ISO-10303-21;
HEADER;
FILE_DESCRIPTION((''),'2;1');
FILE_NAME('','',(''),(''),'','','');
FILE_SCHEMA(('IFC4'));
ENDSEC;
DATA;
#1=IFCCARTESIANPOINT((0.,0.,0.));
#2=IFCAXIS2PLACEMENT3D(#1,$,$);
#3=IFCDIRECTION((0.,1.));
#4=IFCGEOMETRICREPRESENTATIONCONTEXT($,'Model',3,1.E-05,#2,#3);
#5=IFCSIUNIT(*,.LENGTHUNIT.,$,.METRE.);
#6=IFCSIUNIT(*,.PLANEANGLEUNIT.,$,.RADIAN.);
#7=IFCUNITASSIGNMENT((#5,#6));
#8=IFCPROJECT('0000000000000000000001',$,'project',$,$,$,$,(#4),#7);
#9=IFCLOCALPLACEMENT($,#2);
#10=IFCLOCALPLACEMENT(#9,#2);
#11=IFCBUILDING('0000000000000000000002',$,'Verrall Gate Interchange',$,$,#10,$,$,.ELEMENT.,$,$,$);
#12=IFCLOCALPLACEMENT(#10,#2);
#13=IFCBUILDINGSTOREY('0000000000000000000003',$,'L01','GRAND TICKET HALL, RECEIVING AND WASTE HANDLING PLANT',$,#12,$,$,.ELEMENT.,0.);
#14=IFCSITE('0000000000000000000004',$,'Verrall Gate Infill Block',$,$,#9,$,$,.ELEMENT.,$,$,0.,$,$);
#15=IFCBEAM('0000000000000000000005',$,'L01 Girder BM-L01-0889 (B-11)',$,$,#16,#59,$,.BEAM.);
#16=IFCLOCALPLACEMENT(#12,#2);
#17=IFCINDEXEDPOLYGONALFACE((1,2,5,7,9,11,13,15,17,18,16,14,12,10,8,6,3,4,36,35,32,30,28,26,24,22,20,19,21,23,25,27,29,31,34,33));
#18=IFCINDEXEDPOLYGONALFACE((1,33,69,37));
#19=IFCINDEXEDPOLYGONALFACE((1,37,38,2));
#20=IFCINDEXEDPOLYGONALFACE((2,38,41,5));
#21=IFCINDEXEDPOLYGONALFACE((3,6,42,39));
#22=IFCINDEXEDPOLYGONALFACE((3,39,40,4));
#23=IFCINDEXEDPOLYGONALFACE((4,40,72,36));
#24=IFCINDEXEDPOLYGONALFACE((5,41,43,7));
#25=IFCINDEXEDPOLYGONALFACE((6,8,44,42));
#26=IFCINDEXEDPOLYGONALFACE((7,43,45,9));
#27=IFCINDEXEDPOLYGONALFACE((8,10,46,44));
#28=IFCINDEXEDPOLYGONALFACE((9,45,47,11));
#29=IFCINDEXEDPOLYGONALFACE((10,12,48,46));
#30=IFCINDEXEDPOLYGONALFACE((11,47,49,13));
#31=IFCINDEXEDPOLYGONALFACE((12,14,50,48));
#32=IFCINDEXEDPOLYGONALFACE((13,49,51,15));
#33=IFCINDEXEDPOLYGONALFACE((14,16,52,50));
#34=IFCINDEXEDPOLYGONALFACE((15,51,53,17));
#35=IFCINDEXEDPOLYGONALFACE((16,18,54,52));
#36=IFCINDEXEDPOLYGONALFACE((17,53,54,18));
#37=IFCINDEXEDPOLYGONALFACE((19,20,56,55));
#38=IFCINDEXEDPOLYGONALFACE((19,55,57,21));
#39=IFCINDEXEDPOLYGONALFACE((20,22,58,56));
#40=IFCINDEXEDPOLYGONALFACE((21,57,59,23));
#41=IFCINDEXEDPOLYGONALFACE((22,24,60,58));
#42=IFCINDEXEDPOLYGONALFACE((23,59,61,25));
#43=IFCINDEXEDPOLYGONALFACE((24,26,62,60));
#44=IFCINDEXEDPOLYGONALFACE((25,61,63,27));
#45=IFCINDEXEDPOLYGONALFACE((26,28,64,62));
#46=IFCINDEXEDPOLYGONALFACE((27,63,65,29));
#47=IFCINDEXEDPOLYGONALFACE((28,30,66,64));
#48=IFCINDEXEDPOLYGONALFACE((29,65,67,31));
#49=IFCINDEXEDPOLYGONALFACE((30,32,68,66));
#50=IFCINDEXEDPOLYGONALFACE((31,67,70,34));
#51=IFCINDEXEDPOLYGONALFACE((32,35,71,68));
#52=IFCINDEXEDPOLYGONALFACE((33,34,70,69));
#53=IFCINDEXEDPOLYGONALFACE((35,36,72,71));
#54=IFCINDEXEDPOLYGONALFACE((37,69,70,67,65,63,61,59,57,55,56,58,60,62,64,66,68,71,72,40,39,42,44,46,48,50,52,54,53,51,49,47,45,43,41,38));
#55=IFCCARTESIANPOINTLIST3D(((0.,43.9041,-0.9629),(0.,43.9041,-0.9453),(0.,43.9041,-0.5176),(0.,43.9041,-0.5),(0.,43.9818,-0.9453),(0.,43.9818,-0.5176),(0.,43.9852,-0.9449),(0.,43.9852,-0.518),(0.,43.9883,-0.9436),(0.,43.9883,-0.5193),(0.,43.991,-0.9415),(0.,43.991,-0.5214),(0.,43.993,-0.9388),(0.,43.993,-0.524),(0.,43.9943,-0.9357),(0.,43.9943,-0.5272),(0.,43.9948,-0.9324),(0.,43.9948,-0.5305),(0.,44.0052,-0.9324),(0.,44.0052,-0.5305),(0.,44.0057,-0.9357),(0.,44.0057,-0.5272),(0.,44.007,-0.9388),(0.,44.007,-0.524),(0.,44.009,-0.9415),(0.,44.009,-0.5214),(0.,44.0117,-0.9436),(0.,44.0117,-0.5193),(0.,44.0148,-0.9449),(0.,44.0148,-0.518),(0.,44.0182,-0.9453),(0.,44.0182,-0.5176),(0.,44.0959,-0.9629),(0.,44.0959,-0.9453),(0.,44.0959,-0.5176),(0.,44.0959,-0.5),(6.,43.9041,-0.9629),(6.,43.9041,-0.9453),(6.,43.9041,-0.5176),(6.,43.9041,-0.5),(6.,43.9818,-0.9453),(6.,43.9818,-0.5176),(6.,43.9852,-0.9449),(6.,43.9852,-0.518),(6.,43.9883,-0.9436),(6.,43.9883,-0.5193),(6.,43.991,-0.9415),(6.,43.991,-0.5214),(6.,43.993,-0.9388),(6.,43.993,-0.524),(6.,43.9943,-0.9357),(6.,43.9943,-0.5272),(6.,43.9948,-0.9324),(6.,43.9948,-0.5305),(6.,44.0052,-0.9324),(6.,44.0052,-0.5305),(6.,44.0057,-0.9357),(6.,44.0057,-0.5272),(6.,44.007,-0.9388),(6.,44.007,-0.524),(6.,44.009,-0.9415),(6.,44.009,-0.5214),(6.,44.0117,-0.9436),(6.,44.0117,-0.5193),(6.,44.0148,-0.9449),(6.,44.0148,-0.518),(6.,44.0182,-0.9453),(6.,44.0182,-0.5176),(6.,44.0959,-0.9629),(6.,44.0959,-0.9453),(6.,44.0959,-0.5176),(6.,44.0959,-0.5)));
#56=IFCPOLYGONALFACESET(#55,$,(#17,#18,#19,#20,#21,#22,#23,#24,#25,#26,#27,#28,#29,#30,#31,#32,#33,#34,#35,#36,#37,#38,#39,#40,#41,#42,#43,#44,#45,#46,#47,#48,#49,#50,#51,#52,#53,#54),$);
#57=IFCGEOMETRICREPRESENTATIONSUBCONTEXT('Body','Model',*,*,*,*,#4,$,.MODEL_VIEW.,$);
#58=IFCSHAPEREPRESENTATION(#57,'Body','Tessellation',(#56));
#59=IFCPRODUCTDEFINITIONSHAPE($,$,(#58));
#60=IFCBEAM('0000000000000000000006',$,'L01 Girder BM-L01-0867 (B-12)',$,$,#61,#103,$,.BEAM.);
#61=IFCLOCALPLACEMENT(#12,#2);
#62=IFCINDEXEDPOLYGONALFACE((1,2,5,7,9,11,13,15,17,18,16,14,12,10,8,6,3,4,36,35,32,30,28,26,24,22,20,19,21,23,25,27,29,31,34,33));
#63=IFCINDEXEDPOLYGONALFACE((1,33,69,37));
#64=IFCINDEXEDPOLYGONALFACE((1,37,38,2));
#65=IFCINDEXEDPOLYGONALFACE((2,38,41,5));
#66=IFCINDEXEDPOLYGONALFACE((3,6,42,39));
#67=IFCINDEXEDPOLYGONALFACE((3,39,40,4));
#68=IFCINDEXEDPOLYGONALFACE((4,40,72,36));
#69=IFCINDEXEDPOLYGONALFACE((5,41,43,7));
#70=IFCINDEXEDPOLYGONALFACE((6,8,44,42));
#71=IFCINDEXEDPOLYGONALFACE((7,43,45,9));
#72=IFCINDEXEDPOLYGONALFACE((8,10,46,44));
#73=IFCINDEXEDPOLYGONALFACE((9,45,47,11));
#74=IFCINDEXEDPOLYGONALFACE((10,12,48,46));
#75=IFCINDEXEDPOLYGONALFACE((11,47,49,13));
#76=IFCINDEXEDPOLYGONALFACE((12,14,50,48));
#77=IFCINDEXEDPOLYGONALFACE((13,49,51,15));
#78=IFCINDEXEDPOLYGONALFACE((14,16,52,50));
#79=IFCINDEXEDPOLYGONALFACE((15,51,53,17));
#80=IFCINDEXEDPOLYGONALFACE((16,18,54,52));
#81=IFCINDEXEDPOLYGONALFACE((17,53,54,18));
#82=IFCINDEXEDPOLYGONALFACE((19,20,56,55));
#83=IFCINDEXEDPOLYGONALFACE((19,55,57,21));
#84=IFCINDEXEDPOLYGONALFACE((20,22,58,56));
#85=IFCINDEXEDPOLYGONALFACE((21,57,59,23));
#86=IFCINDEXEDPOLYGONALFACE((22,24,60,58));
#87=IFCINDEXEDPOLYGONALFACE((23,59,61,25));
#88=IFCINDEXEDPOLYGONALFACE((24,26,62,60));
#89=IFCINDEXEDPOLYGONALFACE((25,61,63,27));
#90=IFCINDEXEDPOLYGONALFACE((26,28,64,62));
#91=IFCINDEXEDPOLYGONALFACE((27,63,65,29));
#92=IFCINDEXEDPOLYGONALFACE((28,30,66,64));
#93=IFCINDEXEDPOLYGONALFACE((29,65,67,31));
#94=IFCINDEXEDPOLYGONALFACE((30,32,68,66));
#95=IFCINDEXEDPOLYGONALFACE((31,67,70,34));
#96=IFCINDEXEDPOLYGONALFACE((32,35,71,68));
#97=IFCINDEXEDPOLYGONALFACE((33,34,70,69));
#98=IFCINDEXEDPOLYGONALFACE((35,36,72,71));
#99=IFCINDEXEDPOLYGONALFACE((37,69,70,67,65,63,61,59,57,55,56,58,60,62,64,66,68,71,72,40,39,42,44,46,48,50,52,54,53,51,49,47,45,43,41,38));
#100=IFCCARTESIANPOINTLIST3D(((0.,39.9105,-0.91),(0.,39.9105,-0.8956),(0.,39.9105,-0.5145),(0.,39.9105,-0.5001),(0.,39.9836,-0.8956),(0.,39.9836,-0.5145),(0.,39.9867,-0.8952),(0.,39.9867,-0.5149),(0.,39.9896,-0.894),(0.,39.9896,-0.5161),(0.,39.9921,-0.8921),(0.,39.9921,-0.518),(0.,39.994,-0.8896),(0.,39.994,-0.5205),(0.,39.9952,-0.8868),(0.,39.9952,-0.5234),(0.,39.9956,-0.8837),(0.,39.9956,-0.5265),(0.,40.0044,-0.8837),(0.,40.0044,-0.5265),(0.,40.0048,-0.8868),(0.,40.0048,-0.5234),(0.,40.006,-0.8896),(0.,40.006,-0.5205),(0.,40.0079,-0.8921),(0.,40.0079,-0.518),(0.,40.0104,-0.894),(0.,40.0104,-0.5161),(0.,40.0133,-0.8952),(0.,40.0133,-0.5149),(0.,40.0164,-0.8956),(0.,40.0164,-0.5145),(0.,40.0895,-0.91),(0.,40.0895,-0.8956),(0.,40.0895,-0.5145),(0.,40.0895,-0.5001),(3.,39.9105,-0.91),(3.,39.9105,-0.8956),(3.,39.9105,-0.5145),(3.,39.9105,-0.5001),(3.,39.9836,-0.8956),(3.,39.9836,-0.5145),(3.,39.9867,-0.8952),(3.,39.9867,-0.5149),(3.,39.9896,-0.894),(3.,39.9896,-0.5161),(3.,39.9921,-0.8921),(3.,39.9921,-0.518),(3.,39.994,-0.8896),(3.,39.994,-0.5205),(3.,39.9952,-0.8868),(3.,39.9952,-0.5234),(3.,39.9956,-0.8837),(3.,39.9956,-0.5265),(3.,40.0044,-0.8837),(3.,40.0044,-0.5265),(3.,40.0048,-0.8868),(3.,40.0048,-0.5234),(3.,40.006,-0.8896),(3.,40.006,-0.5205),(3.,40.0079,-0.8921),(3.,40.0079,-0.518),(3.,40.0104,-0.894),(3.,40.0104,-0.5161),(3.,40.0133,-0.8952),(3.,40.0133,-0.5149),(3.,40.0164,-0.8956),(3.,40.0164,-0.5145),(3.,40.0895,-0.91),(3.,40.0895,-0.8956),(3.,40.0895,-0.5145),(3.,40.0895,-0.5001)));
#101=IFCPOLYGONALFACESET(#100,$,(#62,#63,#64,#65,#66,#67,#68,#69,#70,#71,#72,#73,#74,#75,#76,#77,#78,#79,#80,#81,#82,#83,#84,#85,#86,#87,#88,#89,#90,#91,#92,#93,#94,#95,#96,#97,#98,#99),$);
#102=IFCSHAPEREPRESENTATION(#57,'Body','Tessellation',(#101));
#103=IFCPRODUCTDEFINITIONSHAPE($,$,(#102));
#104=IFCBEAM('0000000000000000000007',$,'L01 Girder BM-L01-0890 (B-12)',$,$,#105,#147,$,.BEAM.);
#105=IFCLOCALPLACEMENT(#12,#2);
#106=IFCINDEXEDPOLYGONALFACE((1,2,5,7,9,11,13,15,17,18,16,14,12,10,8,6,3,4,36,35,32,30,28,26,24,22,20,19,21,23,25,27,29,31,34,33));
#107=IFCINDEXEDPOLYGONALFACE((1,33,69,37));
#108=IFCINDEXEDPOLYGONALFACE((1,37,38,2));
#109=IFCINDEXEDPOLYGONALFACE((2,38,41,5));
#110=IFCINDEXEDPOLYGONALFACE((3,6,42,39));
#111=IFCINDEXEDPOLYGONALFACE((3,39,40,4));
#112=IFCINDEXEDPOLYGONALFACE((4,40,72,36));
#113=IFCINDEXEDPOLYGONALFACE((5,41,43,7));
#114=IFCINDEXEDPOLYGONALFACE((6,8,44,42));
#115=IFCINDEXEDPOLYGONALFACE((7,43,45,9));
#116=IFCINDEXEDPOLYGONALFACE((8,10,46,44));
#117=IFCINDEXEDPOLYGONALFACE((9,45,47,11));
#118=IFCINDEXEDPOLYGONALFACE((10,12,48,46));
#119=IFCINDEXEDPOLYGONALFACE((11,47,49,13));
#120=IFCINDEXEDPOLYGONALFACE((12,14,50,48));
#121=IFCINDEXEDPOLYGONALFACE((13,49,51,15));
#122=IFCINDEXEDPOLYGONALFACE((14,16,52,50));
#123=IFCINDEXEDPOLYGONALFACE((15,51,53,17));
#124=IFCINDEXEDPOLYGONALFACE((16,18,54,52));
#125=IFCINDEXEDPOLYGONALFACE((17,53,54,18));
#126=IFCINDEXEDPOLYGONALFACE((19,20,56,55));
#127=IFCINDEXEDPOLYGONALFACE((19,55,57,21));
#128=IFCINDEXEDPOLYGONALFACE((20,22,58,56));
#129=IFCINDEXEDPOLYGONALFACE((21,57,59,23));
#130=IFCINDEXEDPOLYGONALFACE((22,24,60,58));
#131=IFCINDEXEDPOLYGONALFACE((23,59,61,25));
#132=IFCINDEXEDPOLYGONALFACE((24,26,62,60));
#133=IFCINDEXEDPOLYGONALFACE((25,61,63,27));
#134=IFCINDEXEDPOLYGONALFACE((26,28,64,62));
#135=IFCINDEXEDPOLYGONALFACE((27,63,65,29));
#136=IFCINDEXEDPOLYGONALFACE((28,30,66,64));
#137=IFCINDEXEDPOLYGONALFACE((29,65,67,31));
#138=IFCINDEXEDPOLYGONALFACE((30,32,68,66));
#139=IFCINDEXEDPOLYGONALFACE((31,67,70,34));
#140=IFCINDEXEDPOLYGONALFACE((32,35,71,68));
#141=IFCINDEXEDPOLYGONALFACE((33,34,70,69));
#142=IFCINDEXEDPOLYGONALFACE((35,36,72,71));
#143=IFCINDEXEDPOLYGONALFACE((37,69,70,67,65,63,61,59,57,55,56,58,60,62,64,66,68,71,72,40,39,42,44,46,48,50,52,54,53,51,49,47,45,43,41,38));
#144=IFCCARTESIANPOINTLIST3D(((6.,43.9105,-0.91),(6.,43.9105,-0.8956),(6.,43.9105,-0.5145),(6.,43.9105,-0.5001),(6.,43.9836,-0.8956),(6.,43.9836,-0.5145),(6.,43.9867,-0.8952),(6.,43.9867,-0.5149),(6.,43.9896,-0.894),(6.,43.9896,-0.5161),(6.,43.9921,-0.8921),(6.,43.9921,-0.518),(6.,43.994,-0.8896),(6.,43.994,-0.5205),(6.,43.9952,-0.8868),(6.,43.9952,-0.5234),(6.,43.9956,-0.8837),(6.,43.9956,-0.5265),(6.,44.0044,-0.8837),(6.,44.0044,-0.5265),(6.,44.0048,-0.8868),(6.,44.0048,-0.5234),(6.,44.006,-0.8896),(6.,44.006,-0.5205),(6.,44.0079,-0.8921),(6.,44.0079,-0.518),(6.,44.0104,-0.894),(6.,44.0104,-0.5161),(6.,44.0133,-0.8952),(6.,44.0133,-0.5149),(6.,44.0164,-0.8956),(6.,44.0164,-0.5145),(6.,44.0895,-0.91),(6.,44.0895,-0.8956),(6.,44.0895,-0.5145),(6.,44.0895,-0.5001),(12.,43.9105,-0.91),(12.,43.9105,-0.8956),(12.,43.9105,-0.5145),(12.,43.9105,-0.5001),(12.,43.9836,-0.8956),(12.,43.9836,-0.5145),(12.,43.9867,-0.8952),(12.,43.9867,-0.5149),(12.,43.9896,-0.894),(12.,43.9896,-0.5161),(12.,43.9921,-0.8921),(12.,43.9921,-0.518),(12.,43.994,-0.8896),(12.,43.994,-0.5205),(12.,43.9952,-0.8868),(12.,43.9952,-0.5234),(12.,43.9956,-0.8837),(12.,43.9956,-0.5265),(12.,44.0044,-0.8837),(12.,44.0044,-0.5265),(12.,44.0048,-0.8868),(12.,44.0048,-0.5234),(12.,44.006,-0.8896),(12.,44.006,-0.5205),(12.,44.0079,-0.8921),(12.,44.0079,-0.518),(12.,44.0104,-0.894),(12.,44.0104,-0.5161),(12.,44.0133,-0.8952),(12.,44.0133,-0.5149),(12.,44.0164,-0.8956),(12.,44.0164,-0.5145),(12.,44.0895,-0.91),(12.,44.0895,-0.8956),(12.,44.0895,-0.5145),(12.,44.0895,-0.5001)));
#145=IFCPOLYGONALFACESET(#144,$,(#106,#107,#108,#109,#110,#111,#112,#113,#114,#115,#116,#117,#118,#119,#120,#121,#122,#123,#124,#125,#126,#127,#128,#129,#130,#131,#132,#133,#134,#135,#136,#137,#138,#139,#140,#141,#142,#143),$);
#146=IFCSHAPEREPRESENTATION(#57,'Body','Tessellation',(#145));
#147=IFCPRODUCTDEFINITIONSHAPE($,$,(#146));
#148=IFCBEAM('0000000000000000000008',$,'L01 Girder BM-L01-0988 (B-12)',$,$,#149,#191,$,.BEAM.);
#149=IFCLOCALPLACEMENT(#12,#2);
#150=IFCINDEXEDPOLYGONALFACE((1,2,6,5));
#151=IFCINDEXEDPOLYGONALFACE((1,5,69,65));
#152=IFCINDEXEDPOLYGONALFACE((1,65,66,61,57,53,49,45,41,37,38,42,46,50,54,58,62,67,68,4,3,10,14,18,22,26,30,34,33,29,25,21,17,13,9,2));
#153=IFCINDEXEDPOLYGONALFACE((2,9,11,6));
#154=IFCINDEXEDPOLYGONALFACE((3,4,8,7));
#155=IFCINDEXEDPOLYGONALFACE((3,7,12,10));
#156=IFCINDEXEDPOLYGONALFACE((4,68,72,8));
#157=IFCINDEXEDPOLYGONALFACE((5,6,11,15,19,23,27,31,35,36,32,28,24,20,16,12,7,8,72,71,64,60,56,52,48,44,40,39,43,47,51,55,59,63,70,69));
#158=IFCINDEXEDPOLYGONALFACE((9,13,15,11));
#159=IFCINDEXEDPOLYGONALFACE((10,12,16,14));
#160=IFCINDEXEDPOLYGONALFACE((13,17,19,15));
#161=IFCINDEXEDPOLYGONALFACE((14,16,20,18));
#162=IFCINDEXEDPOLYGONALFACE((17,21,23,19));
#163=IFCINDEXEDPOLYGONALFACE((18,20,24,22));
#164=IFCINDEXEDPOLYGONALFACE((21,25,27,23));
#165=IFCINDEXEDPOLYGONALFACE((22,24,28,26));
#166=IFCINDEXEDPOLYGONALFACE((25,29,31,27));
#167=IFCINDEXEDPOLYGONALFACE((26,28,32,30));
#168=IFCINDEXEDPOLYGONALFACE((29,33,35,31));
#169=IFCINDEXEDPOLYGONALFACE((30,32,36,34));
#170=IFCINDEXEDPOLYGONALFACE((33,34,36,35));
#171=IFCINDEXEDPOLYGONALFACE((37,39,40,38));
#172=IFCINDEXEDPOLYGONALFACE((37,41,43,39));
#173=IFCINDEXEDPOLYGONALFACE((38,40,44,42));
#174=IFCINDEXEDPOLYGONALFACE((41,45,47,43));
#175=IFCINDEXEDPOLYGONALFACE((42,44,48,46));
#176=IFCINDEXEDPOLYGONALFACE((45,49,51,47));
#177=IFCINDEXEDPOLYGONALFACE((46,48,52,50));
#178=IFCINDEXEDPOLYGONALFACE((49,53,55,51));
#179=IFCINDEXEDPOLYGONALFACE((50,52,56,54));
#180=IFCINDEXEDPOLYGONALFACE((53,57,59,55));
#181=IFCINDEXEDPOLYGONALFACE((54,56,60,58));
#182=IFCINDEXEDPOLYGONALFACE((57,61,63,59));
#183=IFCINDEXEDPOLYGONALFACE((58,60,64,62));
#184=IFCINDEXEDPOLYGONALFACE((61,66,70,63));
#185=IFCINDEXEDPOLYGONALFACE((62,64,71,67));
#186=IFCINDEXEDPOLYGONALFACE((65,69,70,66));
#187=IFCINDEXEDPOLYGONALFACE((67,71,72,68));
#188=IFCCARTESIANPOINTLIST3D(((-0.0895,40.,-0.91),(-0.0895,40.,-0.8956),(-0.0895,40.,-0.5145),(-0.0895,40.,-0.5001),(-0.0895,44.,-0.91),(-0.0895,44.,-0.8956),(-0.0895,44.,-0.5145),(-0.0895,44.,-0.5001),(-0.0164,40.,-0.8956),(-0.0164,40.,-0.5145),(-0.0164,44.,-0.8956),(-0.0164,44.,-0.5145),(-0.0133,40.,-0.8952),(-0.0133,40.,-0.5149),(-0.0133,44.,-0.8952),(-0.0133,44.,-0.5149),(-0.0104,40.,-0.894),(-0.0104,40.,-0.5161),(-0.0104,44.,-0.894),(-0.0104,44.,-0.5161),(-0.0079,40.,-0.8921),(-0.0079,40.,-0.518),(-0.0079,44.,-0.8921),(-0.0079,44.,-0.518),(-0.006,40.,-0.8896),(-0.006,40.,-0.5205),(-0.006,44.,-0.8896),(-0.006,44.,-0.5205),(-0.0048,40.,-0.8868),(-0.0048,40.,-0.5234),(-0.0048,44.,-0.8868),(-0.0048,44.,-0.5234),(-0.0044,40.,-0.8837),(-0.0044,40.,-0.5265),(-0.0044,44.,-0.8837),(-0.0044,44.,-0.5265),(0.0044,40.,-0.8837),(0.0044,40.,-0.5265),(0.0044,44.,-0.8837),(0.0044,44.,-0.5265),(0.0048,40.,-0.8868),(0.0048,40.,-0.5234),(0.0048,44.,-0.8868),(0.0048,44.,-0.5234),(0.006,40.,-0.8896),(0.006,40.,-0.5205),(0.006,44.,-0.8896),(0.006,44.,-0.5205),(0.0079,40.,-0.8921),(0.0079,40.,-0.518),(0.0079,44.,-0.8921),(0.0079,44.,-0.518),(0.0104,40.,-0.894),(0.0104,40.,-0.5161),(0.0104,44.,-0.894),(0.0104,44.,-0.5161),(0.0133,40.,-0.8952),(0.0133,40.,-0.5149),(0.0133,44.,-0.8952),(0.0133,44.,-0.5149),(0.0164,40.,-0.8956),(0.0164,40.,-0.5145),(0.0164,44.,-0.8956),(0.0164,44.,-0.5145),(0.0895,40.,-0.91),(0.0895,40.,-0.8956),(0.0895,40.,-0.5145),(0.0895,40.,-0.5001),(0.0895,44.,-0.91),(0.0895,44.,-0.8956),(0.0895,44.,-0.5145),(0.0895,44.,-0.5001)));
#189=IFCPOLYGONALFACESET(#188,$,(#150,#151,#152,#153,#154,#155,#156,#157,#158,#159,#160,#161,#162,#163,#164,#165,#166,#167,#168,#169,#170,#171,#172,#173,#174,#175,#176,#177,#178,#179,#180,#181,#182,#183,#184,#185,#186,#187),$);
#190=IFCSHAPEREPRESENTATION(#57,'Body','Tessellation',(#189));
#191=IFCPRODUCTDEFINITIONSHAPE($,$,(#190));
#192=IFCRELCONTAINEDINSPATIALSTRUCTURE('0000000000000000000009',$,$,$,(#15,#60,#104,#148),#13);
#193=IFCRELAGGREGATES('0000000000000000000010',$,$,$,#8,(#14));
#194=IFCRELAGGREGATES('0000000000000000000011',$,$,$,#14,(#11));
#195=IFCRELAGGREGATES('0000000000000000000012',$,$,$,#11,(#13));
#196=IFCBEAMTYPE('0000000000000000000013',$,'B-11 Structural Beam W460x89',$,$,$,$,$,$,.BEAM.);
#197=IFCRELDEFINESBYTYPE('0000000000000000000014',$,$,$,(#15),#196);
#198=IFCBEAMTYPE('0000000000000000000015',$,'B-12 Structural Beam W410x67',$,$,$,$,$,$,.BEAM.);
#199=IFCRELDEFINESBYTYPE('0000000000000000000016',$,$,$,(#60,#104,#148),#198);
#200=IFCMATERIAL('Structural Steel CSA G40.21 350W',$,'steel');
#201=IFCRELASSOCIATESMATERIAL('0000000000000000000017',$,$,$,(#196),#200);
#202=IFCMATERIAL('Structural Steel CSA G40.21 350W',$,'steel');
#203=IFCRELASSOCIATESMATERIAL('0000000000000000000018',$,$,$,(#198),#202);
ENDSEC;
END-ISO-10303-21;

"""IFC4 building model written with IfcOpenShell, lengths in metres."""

from ifc_helpers import new_model, si_unit, direction, frame, origin, origin_2d, place, context, subcontext, project, spatial, i_section, extrude, material, material_profile, profile_set, type_object, element, save


model = new_model("IFC4")

# Units and contexts
model_context = context("Model", 3, precision=1e-05, world=origin(), true_north=direction((0.0, 1.0)))
body_context = subcontext(model_context, "Body", "Model", "MODEL_VIEW")
ifc_project = project(units=[si_unit("LENGTHUNIT", "METRE"), si_unit("PLANEANGLEUNIT", "RADIAN")], contexts=[model_context])

# Site, building, storey
site_placement = place(None, origin())
site = spatial("IfcSite", under=ifc_project, at=site_placement, Name="Verrall Gate Infill Block", CompositionType="ELEMENT", RefElevation=0.0)
building_placement = place(site_placement, origin())
building = spatial("IfcBuilding", under=site, at=building_placement, Name="Verrall Gate Interchange", CompositionType="ELEMENT")
storey_placement = place(building_placement, origin())
storey = spatial("IfcBuildingStorey", under=building, at=storey_placement, Name="L01", Description="GRAND TICKET HALL, RECEIVING AND WASTE HANDLING PLANT", CompositionType="ELEMENT", Elevation=0.0)

# Beams
ifc_material_1 = material(Name="Structural Steel CSA G40.21 350W", Category="steel")
ifc_material_profile_1 = material_profile(ifc_material_1, i_section(OverallWidth=0.1919, OverallDepth=0.4629, WebThickness=0.0105, FlangeThickness=0.0176, FilletRadius=0.0129, at=origin_2d()), Name="W460x89")
ifc_profile_set_1 = profile_set([ifc_material_profile_1], Name="Structural Steel CSA G40.21 350W")
beam_type_1 = type_object("IfcBeamType", Name="B-11 Structural Beam W460x89", PredefinedType="BEAM", material=ifc_profile_set_1)
for number, where, z_axis, x_axis, name in (
    (1, (0.0, 44.0, -0.7314), (1.0, 0.0, 0.0), (0.0, 1.0, 0.0), "L01 Girder BM-L01-0889 (B-11)"),
):
    element("IfcBeam", number, at=place(storey_placement, frame(where, z_axis=z_axis, x_axis=x_axis)), inside=storey, type_object=beam_type_1, Name=name, PredefinedType="BEAM", context=body_context, shape_type="SweptSolid", body=[
        extrude(i_section(OverallWidth=0.1919, OverallDepth=0.4629, WebThickness=0.0105, FlangeThickness=0.0176, FilletRadius=0.0129, at=origin_2d()), origin(), (0.0, 0.0, 1.0), 6.0),
    ])
ifc_material_2 = material(Name="Structural Steel CSA G40.21 350W", Category="steel")
ifc_material_profile_2 = material_profile(ifc_material_2, i_section(OverallWidth=0.179, OverallDepth=0.4099, WebThickness=0.0088, FlangeThickness=0.0144, FilletRadius=0.012, at=origin_2d()), Name="W410x67")
ifc_profile_set_2 = profile_set([ifc_material_profile_2], Name="Structural Steel CSA G40.21 350W")
beam_type_2 = type_object("IfcBeamType", Name="B-12 Structural Beam W410x67", PredefinedType="BEAM", material=ifc_profile_set_2)
beam_1_placement = place(storey_placement, frame((0.0, 40.0, -0.7051), z_axis=(1.0, 0.0, 0.0), x_axis=(0.0, 1.0, 0.0)))
element("IfcBeam", 2, at=beam_1_placement, inside=storey, type_object=beam_type_2, Name="L01 Girder BM-L01-0867 (B-12)", PredefinedType="BEAM", context=body_context, shape_type="SweptSolid", body=[
    extrude(i_section(OverallWidth=0.179, OverallDepth=0.4099, WebThickness=0.0088, FlangeThickness=0.0144, FilletRadius=0.012, at=origin_2d()), origin(), (0.0, 0.0, 1.0), 3.0),
])
beam_2_placement = place(storey_placement, frame((6.0, 44.0, -0.7051), z_axis=(1.0, 0.0, 0.0), x_axis=(0.0, 1.0, 0.0)))
element("IfcBeam", 3, at=beam_2_placement, inside=storey, type_object=beam_type_2, Name="L01 Girder BM-L01-0890 (B-12)", PredefinedType="BEAM", context=body_context, shape_type="SweptSolid", body=[
    extrude(i_section(OverallWidth=0.179, OverallDepth=0.4099, WebThickness=0.0088, FlangeThickness=0.0144, FilletRadius=0.012, at=origin_2d()), origin(), (0.0, 0.0, 1.0), 6.0),
])
for number, where, z_axis, x_axis, name in (
    (4, (0.0, 40.0, -0.7051), (0.0, 1.0, 0.0), (-1.0, 0.0, 0.0), "L01 Girder BM-L01-0988 (B-12)"),
):
    element("IfcBeam", number, at=place(storey_placement, frame(where, z_axis=z_axis, x_axis=x_axis)), inside=storey, type_object=beam_type_2, Name=name, PredefinedType="BEAM", context=body_context, shape_type="SweptSolid", body=[
        extrude(i_section(OverallWidth=0.179, OverallDepth=0.4099, WebThickness=0.0088, FlangeThickness=0.0144, FilletRadius=0.012, at=origin_2d()), origin(), (0.0, 0.0, 1.0), 4.0),
    ])

save(model, "model.ifc")
